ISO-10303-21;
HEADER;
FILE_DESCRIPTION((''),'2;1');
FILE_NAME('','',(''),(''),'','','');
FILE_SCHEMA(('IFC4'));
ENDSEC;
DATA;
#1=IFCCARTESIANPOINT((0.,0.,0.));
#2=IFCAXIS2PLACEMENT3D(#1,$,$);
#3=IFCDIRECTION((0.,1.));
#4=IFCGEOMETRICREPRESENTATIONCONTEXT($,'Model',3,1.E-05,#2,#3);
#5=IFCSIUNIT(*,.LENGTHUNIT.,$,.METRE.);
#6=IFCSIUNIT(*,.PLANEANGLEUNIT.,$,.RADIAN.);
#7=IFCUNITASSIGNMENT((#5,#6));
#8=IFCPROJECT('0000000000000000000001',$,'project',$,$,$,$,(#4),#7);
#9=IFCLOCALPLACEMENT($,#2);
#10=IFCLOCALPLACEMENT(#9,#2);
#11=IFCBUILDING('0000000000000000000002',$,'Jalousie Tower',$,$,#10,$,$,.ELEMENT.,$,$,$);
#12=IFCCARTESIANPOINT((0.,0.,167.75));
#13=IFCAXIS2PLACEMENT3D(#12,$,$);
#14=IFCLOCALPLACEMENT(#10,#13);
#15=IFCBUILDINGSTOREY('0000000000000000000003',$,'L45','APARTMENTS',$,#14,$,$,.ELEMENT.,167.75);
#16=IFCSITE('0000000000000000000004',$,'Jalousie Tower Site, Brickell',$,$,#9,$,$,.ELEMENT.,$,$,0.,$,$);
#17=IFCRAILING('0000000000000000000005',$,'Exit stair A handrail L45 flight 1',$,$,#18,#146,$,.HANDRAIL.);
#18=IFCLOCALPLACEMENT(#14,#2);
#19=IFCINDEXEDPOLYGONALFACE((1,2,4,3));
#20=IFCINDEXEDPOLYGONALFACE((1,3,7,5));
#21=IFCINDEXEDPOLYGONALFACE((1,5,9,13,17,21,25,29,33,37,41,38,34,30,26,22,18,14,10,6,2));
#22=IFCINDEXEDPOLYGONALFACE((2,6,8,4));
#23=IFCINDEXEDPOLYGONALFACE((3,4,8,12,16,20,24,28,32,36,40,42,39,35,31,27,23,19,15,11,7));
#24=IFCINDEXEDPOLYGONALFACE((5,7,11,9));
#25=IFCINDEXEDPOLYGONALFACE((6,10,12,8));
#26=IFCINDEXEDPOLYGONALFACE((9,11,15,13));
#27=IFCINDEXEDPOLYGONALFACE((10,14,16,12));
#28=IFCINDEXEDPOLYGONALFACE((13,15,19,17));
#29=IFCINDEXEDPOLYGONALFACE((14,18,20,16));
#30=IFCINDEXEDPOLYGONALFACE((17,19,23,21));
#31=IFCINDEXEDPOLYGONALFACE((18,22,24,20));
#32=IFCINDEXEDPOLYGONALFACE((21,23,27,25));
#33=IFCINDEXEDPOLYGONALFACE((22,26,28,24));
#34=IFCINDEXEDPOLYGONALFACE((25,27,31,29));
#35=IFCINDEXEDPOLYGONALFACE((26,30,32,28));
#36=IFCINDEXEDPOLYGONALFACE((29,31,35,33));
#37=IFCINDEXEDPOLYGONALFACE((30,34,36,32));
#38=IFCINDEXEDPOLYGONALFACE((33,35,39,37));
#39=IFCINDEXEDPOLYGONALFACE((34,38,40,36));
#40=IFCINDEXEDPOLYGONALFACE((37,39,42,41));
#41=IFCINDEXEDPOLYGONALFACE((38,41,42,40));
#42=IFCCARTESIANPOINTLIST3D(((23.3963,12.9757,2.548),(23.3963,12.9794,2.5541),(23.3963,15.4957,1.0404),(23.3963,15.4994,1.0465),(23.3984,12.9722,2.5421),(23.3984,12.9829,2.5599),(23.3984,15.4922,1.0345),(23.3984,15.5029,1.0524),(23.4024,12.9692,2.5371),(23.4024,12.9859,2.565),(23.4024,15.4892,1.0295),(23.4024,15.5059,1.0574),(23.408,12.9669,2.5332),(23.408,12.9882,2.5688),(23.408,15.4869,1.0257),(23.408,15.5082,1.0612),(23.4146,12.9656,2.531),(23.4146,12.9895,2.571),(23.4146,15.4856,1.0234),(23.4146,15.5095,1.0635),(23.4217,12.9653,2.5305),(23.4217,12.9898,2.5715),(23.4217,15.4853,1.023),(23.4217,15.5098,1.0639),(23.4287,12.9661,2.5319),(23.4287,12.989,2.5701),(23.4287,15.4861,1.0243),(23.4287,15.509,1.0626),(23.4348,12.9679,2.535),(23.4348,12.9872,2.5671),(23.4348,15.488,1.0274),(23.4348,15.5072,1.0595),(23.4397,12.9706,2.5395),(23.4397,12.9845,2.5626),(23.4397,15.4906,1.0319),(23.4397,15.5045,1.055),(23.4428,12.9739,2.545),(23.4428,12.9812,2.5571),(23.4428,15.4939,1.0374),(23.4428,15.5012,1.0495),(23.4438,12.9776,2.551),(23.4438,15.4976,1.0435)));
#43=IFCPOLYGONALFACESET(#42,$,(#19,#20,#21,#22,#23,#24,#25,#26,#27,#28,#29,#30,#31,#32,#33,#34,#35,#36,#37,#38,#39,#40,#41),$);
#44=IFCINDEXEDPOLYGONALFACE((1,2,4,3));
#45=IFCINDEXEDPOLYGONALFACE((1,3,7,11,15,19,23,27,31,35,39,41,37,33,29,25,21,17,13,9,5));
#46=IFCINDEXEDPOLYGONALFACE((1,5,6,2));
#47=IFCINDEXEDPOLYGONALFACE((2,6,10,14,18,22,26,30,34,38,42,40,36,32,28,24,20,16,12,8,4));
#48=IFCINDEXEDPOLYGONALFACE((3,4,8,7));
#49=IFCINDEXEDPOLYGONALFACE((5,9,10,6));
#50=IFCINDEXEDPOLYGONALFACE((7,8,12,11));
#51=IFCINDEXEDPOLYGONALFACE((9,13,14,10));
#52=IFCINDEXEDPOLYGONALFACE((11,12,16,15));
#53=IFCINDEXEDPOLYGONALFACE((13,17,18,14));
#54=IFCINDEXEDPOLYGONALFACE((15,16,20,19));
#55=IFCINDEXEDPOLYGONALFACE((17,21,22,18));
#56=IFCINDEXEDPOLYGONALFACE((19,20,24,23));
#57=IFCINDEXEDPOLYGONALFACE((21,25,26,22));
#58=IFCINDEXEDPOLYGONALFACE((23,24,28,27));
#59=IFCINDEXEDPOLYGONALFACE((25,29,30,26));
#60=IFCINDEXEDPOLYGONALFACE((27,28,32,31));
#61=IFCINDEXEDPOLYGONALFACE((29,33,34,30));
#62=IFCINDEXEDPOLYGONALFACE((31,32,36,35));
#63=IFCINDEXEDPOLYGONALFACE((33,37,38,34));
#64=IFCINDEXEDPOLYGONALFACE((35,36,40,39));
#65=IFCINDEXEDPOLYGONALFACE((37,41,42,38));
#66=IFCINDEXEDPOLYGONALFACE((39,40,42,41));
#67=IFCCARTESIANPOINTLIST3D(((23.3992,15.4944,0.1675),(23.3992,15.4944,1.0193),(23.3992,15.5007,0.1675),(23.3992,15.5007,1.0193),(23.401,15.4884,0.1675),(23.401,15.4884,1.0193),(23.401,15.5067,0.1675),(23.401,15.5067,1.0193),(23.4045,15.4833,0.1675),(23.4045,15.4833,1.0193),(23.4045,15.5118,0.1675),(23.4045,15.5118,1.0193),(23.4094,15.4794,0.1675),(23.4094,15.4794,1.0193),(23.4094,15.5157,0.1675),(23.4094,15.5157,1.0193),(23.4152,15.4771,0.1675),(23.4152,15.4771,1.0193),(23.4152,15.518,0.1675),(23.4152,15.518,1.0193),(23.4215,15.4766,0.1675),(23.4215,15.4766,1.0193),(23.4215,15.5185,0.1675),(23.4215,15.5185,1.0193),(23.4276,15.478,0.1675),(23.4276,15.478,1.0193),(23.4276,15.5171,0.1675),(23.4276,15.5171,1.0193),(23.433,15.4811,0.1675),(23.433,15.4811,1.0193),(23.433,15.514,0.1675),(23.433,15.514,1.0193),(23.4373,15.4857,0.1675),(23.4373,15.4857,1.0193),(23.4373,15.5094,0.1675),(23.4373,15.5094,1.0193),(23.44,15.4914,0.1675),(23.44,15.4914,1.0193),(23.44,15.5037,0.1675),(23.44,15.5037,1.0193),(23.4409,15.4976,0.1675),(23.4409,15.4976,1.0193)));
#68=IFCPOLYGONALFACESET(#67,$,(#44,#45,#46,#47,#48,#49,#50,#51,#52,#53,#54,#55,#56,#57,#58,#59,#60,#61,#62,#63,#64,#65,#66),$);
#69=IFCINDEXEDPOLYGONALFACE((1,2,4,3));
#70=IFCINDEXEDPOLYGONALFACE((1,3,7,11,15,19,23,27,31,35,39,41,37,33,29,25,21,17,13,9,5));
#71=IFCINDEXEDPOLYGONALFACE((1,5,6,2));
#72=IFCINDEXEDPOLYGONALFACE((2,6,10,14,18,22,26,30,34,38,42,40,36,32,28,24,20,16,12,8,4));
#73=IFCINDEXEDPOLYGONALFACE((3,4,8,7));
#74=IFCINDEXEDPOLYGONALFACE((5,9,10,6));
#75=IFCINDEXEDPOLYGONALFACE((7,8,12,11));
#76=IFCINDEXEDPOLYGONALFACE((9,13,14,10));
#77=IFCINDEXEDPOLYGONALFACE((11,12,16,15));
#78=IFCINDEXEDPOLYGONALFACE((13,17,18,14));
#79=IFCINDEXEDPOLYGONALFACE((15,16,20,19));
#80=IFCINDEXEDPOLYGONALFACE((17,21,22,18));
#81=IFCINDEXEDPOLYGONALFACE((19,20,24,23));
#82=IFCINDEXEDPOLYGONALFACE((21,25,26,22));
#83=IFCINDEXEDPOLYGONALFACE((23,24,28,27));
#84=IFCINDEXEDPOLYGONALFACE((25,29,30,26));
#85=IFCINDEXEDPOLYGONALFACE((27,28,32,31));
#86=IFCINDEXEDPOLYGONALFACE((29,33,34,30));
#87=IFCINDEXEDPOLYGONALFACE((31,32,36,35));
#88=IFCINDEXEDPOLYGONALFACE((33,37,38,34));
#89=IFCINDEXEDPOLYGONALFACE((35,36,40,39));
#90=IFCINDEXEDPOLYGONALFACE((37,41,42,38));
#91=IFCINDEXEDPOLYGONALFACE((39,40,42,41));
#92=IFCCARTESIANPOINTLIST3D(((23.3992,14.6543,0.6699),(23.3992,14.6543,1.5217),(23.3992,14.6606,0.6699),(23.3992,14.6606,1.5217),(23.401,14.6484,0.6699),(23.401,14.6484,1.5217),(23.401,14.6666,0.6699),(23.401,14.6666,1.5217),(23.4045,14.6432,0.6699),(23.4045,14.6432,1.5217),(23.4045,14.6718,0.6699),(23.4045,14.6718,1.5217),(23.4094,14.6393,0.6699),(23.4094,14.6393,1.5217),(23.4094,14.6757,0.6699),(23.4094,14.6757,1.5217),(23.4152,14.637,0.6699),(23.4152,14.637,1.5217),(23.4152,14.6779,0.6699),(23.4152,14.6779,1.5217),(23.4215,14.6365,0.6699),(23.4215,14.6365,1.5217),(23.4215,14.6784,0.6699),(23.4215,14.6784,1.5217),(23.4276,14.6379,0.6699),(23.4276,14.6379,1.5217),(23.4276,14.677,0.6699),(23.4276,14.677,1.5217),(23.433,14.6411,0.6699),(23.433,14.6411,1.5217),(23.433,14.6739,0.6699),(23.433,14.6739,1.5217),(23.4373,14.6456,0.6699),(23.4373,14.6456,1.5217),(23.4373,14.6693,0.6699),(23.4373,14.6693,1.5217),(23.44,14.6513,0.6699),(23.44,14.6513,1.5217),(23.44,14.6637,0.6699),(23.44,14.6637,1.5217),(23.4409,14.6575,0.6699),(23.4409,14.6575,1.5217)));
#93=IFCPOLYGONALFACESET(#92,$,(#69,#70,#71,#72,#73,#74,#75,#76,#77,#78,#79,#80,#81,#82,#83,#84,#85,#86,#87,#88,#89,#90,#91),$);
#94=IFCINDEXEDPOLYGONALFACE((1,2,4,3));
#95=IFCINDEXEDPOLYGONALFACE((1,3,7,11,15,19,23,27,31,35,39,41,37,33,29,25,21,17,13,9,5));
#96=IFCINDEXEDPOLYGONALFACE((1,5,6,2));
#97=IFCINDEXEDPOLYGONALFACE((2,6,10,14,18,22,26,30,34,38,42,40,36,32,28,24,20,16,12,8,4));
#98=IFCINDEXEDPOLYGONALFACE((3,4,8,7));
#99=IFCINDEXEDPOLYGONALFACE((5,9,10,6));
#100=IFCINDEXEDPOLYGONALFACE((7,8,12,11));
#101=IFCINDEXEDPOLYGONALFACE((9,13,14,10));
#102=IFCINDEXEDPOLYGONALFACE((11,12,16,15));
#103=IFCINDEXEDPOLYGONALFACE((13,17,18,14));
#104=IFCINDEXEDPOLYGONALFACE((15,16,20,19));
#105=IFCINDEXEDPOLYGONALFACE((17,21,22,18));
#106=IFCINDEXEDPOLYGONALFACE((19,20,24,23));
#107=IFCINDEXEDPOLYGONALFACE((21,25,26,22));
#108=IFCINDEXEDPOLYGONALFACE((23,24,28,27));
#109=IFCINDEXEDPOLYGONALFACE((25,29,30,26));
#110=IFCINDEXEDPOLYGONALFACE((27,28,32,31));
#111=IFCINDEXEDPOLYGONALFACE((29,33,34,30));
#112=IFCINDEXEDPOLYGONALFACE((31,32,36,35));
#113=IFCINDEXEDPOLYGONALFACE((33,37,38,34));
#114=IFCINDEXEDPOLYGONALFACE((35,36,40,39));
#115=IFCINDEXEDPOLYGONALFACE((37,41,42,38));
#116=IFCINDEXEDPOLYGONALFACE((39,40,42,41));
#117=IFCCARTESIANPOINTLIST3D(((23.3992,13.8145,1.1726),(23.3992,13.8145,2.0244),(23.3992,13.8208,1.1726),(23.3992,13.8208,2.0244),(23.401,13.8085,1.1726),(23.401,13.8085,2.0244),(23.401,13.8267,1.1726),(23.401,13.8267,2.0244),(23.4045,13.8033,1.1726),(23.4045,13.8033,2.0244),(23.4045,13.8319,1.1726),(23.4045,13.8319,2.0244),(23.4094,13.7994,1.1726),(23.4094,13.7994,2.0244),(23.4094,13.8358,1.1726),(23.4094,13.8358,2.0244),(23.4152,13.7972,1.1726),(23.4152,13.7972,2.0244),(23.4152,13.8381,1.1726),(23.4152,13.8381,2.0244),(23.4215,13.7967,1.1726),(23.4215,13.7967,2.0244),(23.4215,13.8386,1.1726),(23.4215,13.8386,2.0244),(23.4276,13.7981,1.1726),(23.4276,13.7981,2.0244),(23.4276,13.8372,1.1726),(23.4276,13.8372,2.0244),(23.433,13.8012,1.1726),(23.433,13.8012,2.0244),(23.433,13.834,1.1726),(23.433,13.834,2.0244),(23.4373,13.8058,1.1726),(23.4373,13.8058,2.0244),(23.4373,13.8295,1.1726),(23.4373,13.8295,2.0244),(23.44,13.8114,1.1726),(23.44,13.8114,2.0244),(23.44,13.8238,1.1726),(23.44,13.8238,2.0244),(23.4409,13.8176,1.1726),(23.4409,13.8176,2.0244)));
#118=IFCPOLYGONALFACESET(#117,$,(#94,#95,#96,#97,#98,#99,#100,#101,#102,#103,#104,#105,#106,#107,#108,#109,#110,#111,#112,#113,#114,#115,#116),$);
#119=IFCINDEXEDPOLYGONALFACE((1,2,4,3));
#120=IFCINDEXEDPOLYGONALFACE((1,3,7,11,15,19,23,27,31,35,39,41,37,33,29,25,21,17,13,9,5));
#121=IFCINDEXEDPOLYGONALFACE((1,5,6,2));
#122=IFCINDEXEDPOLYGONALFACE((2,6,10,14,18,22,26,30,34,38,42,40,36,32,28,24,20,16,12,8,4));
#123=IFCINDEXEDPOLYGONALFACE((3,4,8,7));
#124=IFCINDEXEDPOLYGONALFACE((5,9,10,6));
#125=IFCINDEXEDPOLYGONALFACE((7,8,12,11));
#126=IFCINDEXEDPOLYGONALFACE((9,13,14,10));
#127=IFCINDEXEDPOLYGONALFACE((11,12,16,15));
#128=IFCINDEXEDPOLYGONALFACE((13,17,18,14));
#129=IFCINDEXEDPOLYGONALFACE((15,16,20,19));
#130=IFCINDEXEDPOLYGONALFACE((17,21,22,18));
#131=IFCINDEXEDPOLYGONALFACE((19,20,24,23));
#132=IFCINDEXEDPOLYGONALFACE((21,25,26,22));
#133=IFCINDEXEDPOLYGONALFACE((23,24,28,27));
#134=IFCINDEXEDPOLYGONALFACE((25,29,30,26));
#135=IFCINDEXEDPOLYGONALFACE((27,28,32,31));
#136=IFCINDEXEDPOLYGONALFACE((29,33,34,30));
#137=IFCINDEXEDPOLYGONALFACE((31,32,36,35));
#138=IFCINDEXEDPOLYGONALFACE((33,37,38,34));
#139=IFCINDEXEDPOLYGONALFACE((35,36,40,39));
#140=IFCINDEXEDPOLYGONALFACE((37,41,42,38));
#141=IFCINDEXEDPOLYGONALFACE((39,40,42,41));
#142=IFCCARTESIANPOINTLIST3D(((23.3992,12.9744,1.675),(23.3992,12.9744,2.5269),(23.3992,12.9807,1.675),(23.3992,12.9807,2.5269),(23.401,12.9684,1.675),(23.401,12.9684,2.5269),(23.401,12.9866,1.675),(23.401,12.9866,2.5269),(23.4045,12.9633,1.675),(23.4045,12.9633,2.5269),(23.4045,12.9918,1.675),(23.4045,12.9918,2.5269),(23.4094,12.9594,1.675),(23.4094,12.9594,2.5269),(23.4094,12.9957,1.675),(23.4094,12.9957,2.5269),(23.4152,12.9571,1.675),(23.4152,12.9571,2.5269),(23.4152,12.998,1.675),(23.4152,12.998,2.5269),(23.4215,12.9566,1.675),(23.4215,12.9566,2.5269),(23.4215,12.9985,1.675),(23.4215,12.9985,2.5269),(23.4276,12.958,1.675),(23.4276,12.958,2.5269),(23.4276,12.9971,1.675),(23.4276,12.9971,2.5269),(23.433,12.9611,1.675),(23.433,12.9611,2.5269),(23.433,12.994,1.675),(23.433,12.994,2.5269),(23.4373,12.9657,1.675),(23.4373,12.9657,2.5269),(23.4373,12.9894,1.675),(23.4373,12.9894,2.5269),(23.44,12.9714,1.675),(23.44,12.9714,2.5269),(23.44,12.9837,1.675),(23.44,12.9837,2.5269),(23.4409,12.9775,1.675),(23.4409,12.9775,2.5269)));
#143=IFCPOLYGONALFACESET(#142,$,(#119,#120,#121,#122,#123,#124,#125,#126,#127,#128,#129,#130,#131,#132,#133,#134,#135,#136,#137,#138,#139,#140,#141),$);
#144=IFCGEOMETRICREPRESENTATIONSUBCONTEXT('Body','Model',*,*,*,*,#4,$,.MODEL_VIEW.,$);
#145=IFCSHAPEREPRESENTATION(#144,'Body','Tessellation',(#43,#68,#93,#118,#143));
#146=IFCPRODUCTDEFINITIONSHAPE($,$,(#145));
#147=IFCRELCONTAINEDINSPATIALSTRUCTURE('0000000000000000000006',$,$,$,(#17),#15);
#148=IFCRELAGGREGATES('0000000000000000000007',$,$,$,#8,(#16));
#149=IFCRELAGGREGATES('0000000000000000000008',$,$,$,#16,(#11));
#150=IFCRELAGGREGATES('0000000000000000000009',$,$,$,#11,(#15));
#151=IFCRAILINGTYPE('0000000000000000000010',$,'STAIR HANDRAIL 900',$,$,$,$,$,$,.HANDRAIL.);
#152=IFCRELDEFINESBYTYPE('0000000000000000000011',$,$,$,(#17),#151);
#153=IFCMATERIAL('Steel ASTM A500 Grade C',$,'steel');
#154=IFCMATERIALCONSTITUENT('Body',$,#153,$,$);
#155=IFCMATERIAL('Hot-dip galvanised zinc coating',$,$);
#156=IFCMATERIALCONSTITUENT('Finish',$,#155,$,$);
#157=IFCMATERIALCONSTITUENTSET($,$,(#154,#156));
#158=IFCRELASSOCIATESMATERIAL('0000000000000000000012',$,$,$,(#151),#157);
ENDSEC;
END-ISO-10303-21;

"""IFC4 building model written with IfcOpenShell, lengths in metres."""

from ifc_helpers import new_model, si_unit, direction, frame, origin, origin_2d, place, context, subcontext, project, spatial, circle, extrude, material, constituent, constituent_set, type_object, element, save


model = new_model("IFC4")

# Units and contexts
model_context = context("Model", 3, precision=1e-05, world=origin(), true_north=direction((0.0, 1.0)))
body_context = subcontext(model_context, "Body", "Model", "MODEL_VIEW")
ifc_project = project(units=[si_unit("LENGTHUNIT", "METRE"), si_unit("PLANEANGLEUNIT", "RADIAN")], contexts=[model_context])

# Site, building, storey
site_placement = place(None, origin())
site = spatial("IfcSite", under=ifc_project, at=site_placement, Name="Jalousie Tower Site, Brickell", CompositionType="ELEMENT", RefElevation=0.0)
building_placement = place(site_placement, origin())
building = spatial("IfcBuilding", under=site, at=building_placement, Name="Jalousie Tower", CompositionType="ELEMENT")
storey_placement = place(building_placement, frame((0.0, 0.0, 167.75)))
storey = spatial("IfcBuildingStorey", under=building, at=storey_placement, Name="L45", Description="APARTMENTS", CompositionType="ELEMENT", Elevation=167.75)

# Railing
ifc_material_1 = material(Name="Steel ASTM A500 Grade C", Category="steel")
ifc_constituent_1 = constituent(ifc_material_1, Name="Body")
ifc_material_2 = material(Name="Hot-dip galvanised zinc coating")
ifc_constituent_2 = constituent(ifc_material_2, Name="Finish")
ifc_constituent_set_1 = constituent_set(constituents=[ifc_constituent_1, ifc_constituent_2])
railing_type_1 = type_object("IfcRailingType", Name="STAIR HANDRAIL 900", PredefinedType="HANDRAIL", material=ifc_constituent_set_1)
railing_1_placement = place(storey_placement, frame((23.4199, 15.4976, 0.1675)))
element("IfcRailing", 1, at=railing_1_placement, inside=storey, type_object=railing_type_1, Name="Exit stair A handrail L45 flight 1", PredefinedType="HANDRAIL", context=body_context, shape_type="SweptSolid", body=[
    extrude(circle(Radius=0.0239, at=origin_2d()), frame((0.0, 0.0, 0.876), z_axis=(0.0, -0.85816, 0.513383), x_axis=(1.0, 0.0, 0.0)), (0.0, 0.0, 1.0), 2.9365),
    extrude(circle(Radius=0.021, at=origin_2d()), origin(), (0.0, 0.0, 1.0), 0.8518),
    extrude(circle(Radius=0.021, at=origin_2d()), frame((0.0, -0.8401, 0.5024)), (0.0, 0.0, 1.0), 0.8518),
    extrude(circle(Radius=0.021, at=origin_2d()), frame((0.0, -1.6799, 1.0051)), (0.0, 0.0, 1.0), 0.8518),
    extrude(circle(Radius=0.021, at=origin_2d()), frame((0.0, -2.52, 1.5076)), (0.0, 0.0, 1.0), 0.8518),
])

save(model, "model.ifc")
